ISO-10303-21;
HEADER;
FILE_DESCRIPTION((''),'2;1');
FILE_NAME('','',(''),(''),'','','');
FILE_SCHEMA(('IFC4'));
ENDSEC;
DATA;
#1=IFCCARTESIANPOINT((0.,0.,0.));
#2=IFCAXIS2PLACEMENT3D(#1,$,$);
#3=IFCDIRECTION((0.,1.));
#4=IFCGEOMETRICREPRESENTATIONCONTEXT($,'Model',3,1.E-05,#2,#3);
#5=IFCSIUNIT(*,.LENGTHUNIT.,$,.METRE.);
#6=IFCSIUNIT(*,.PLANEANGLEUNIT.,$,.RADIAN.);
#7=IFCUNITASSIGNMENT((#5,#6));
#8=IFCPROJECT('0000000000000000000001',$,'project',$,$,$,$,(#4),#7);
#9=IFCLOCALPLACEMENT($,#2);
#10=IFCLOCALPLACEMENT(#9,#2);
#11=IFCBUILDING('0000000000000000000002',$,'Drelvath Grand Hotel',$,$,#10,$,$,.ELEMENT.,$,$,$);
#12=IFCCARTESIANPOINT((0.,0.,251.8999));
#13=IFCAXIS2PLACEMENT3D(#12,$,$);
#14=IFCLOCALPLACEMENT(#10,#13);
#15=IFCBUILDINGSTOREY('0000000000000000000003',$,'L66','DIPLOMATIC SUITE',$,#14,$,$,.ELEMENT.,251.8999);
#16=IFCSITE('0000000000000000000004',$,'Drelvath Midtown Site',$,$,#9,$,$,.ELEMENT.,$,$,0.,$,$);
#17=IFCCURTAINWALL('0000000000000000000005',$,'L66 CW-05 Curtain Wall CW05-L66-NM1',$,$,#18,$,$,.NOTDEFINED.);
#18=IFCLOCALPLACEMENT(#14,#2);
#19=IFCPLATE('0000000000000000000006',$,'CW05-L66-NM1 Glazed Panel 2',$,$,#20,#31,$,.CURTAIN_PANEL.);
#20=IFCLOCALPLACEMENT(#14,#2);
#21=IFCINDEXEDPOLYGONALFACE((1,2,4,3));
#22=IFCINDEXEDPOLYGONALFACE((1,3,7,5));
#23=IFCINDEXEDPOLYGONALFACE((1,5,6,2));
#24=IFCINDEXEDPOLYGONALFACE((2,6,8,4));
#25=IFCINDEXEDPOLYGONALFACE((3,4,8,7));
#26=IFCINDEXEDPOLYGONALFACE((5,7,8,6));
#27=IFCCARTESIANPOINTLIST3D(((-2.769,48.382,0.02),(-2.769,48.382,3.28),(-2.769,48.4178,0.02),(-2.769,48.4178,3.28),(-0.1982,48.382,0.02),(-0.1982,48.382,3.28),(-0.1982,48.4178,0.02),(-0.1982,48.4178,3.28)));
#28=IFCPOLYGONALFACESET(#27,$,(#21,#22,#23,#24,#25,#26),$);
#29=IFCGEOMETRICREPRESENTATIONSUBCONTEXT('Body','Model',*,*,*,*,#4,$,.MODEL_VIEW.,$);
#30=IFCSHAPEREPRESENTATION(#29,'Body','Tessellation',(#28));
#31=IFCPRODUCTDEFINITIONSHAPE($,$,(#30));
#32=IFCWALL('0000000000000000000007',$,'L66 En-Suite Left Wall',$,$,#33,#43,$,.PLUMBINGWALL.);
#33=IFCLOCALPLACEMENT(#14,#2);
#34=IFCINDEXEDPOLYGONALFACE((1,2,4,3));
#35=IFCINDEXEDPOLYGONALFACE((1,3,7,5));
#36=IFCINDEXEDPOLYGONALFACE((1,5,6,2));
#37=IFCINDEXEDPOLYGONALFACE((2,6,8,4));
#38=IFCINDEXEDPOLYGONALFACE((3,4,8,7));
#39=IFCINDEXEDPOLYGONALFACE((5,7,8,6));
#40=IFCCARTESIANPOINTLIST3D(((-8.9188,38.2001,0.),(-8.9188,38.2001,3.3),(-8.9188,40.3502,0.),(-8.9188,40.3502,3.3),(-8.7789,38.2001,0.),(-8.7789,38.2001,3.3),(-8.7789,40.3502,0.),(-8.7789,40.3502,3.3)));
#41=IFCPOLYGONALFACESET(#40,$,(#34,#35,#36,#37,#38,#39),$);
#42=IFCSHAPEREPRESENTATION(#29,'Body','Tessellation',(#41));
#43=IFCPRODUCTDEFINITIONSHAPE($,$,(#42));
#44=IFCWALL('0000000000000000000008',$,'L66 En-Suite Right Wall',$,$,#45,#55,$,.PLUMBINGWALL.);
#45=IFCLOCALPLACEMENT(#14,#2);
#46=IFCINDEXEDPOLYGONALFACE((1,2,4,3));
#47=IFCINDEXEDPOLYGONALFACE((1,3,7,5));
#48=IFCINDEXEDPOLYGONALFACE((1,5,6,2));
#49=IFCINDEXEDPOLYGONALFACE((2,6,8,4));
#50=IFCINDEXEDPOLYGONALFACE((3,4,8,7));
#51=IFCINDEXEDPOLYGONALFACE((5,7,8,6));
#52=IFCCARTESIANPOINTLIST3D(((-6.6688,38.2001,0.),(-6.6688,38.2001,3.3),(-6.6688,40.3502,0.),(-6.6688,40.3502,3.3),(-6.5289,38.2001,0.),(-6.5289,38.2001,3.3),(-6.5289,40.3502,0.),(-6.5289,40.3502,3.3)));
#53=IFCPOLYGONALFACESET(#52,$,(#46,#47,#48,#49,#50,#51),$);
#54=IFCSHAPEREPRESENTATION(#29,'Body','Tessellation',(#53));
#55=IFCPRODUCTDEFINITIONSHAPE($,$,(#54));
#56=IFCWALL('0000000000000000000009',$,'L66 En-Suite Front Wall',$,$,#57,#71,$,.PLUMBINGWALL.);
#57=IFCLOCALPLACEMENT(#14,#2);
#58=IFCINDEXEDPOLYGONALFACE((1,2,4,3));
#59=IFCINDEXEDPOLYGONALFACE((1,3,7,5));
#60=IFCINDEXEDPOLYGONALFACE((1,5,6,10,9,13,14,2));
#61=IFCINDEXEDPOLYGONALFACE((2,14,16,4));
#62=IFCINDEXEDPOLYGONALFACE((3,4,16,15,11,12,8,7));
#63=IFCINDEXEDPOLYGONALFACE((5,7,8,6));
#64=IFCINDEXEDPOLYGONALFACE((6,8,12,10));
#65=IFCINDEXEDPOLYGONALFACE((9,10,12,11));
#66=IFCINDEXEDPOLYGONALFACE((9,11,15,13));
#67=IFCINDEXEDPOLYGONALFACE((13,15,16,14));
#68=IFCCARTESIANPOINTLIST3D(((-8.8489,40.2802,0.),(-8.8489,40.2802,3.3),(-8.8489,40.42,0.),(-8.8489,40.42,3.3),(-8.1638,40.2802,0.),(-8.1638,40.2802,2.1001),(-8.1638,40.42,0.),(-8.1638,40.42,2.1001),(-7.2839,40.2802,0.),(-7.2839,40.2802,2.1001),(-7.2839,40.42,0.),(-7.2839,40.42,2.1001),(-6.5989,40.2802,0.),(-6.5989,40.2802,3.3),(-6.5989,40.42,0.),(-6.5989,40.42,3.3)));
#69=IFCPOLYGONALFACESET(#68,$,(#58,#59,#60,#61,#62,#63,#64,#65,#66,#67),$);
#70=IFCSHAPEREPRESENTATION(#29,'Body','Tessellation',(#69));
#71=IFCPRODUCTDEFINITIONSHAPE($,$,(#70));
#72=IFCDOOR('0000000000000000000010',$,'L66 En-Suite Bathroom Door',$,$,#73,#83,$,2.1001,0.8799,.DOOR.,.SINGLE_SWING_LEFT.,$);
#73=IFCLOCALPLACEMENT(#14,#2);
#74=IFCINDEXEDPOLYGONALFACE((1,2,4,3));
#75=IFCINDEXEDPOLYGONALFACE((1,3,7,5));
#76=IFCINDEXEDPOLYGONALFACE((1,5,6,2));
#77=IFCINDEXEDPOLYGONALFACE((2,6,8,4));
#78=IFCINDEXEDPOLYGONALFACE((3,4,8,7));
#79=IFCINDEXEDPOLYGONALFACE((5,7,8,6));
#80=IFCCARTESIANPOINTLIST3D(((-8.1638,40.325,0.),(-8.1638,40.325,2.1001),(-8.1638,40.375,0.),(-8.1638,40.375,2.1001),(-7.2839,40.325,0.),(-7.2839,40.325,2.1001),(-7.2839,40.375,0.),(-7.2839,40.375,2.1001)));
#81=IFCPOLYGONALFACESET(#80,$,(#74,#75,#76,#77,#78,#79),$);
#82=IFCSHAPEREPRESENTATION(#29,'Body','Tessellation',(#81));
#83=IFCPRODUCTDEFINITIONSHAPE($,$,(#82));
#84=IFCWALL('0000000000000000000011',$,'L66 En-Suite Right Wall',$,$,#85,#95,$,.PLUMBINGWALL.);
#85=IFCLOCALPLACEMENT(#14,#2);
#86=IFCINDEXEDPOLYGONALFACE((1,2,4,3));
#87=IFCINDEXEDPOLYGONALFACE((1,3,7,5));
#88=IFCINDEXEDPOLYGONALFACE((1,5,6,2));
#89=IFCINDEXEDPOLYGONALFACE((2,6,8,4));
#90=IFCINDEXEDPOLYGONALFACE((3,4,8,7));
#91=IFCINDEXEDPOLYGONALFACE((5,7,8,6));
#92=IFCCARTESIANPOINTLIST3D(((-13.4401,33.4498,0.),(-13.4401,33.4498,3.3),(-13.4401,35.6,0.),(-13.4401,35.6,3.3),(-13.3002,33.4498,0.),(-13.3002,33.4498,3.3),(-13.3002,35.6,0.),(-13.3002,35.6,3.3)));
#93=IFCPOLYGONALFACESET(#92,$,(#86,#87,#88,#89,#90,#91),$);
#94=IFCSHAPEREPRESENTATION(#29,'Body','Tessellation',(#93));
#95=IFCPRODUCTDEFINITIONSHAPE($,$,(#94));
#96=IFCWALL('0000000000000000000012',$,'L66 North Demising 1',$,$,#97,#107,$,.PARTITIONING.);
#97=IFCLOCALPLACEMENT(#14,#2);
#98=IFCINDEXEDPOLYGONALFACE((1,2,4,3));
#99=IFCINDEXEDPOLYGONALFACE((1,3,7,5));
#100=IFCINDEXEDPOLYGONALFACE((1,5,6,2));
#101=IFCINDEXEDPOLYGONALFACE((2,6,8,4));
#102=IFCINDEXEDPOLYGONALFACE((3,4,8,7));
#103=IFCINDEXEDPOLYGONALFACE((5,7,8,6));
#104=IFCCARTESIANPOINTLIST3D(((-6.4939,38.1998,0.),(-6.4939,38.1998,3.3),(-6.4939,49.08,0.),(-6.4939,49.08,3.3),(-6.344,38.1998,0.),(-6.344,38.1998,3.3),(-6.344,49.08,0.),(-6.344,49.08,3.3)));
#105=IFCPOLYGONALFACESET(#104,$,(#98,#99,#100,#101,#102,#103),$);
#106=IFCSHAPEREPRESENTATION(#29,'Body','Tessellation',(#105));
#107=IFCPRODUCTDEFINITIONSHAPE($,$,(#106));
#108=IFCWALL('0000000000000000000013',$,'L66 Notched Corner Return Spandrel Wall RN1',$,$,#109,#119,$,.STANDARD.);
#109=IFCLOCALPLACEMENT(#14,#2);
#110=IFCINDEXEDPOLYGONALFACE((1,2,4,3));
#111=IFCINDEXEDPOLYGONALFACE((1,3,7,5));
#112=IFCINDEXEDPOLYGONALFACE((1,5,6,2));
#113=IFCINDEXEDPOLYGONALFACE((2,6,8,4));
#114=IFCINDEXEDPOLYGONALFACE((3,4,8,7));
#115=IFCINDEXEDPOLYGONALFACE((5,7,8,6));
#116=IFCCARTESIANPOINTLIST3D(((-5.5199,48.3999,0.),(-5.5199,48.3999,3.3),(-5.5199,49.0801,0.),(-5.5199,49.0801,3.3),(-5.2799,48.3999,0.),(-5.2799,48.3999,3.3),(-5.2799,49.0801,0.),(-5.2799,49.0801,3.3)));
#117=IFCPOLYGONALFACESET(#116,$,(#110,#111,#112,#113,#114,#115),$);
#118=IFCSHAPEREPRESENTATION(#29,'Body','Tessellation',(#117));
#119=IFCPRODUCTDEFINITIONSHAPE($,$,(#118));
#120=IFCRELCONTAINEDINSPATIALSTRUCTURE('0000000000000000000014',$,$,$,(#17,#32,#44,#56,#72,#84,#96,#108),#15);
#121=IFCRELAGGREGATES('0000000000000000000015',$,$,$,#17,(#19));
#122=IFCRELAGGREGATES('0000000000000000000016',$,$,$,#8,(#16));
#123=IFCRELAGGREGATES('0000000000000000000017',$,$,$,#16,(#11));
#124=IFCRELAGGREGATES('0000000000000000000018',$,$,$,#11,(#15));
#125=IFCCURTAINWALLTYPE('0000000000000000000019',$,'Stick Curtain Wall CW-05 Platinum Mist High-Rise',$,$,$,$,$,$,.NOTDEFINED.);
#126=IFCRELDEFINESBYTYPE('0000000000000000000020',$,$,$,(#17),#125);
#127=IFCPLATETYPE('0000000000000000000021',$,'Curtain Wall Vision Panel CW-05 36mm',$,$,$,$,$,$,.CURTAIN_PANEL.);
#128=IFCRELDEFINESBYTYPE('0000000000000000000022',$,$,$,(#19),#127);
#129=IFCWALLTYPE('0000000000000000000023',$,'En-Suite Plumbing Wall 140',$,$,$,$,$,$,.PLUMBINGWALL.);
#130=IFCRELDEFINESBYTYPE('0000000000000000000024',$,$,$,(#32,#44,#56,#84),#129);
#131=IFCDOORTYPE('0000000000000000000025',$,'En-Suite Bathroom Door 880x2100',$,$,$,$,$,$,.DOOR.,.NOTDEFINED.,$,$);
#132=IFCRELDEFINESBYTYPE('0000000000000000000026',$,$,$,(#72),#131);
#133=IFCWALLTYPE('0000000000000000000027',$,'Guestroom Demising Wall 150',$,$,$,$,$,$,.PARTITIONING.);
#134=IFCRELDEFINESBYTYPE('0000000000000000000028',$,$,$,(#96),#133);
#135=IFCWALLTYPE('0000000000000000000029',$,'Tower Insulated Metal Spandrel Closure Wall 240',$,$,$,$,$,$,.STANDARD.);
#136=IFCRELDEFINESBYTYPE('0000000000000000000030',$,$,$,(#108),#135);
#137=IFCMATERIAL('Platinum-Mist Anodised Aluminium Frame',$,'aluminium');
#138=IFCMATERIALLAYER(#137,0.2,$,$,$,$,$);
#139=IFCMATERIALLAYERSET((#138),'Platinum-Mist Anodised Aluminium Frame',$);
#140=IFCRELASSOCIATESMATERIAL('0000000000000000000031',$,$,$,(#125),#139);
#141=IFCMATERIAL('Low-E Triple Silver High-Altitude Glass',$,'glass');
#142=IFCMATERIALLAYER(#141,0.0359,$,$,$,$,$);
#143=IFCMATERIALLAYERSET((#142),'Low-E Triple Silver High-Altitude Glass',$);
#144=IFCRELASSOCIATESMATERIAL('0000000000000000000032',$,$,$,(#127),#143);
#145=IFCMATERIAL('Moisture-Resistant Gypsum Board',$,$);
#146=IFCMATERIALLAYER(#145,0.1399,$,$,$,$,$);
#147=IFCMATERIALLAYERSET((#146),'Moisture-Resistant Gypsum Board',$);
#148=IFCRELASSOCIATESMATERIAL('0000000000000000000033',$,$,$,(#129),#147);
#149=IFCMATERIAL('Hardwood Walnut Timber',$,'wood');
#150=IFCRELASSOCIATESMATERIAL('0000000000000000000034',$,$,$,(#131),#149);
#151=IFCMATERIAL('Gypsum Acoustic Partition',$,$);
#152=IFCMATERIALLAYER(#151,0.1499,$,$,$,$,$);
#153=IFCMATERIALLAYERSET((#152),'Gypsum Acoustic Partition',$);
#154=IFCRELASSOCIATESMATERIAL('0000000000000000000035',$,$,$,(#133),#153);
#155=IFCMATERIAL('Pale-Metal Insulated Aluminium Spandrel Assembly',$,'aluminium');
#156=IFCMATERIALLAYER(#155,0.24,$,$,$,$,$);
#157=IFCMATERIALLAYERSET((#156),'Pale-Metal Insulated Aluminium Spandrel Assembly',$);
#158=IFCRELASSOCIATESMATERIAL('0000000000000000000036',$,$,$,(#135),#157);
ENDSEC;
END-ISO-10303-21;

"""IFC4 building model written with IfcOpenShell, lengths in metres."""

from ifc_helpers import new_model, si_unit, direction, frame, frame_2d, origin, origin_2d, place, context, subcontext, project, spatial, rectangle, extrude, material, layer, layer_set, type_object, element, fill, aggregate, save


model = new_model("IFC4")

# Units and contexts
model_context = context("Model", 3, precision=1e-05, world=origin(), true_north=direction((0.0, 1.0)))
body_context = subcontext(model_context, "Body", "Model", "MODEL_VIEW")
ifc_project = project(units=[si_unit("LENGTHUNIT", "METRE"), si_unit("PLANEANGLEUNIT", "RADIAN")], contexts=[model_context])

# Site, building, storey
site_placement = place(None, origin())
site = spatial("IfcSite", under=ifc_project, at=site_placement, Name="Drelvath Midtown Site", CompositionType="ELEMENT", RefElevation=0.0)
building_placement = place(site_placement, origin())
building = spatial("IfcBuilding", under=site, at=building_placement, Name="Drelvath Grand Hotel", CompositionType="ELEMENT")
storey_placement = place(building_placement, frame((0.0, 0.0, 251.8999)))
storey = spatial("IfcBuildingStorey", under=building, at=storey_placement, Name="L66", Description="DIPLOMATIC SUITE", CompositionType="ELEMENT", Elevation=251.8999)

# Curtain wall
ifc_material_1 = material(Name="Platinum-Mist Anodised Aluminium Frame", Category="aluminium")
ifc_layer_1 = layer(ifc_material_1, 0.2)
ifc_layer_set_1 = layer_set([ifc_layer_1], Name="Platinum-Mist Anodised Aluminium Frame")
curtain_wall_type = type_object("IfcCurtainWallType", Name="Stick Curtain Wall CW-05 Platinum Mist High-Rise", PredefinedType="NOTDEFINED", material=ifc_layer_set_1)
curtain_wall_1_placement = place(storey_placement, origin())
curtain_wall_1 = element("IfcCurtainWall", 1, at=curtain_wall_1_placement, inside=storey, type_object=curtain_wall_type, Name="L66 CW-05 Curtain Wall CW05-L66-NM1", PredefinedType="NOTDEFINED")

# Plate
ifc_material_2 = material(Name="Low-E Triple Silver High-Altitude Glass", Category="glass")
ifc_layer_2 = layer(ifc_material_2, 0.0359)
ifc_layer_set_2 = layer_set([ifc_layer_2], Name="Low-E Triple Silver High-Altitude Glass")
plate_type = type_object("IfcPlateType", Name="Curtain Wall Vision Panel CW-05 36mm", PredefinedType="CURTAIN_PANEL", material=ifc_layer_set_2)
plate_1_placement = place(storey_placement, frame((-1.4836, 48.3999, 0.02), z_axis=(0.0, 0.0, 1.0), x_axis=(1.0, 0.0, 0.0)))
plate_1 = element("IfcPlate", 2, at=plate_1_placement, type_object=plate_type, Name="CW05-L66-NM1 Glazed Panel 2", PredefinedType="CURTAIN_PANEL", context=body_context, shape_type="SweptSolid", body=[
    extrude(rectangle(XDim=2.5708, YDim=0.0359, at=origin_2d()), origin(), (0.0, 0.0, 1.0), 3.26),
])
aggregate(curtain_wall_1, [plate_1])

# Walls
ifc_material_3 = material(Name="Moisture-Resistant Gypsum Board")
ifc_layer_3 = layer(ifc_material_3, 0.1399)
ifc_layer_set_3 = layer_set([ifc_layer_3], Name="Moisture-Resistant Gypsum Board")
wall_type_1 = type_object("IfcWallType", Name="En-Suite Plumbing Wall 140", PredefinedType="PLUMBINGWALL", material=ifc_layer_set_3)
for number, where, z_axis, x_axis, name in (
    (3, (-8.8489, 38.2, 0.0), (0.0, 0.0, 1.0), (0.0, 1.0, 0.0), "L66 En-Suite Left Wall"),
    (4, (-6.5989, 38.2, 0.0), (0.0, 0.0, 1.0), (0.0, 1.0, 0.0), "L66 En-Suite Right Wall"),
):
    element("IfcWall", number, at=place(storey_placement, frame(where, z_axis=z_axis, x_axis=x_axis)), inside=storey, type_object=wall_type_1, Name=name, PredefinedType="PLUMBINGWALL", context=body_context, shape_type="SweptSolid", body=[
        extrude(rectangle(XDim=2.1501, YDim=0.1399, at=frame_2d((1.0752, 0.0))), origin(), (0.0, 0.0, 1.0), 3.3),
    ])

# Wall, opening, door
wall_1_placement = place(storey_placement, frame((-8.8489, 40.3501, 0.0), z_axis=(0.0, 0.0, 1.0), x_axis=(1.0, 0.0, 0.0)))
wall_1 = element("IfcWall", 5, at=wall_1_placement, inside=storey, type_object=wall_type_1, Name="L66 En-Suite Front Wall", PredefinedType="PLUMBINGWALL", context=body_context, shape_type="SweptSolid", body=[
    extrude(rectangle(XDim=2.25, YDim=0.1399, at=frame_2d((1.125, 0.0))), origin(), (0.0, 0.0, 1.0), 3.3),
])
opening_placement = place(wall_1_placement, frame((0.6851, 0.0, 0.0)))
opening = element("IfcOpeningElement", 6, at=opening_placement, cuts=wall_1, PredefinedType="OPENING", context=body_context, shape_type="SweptSolid", body=[
    extrude(rectangle(XDim=0.8799, YDim=2.1001, at=frame_2d((0.4399, 1.05))), frame((0.0, 0.0798, 0.0), z_axis=(0.0, -1.0, 0.0), x_axis=(1.0, 0.0, 0.0)), (0.0, 0.0, 1.0), 0.1599),
])
ifc_material_4 = material(Name="Hardwood Walnut Timber", Category="wood")
door_type = type_object("IfcDoorType", Name="En-Suite Bathroom Door 880x2100", OperationType="NOTDEFINED", PredefinedType="DOOR", material=ifc_material_4)
door_placement = place(opening_placement, origin())
door = element("IfcDoor", 7, at=door_placement, inside=storey, type_object=door_type, Name="L66 En-Suite Bathroom Door", OperationType="SINGLE_SWING_LEFT", OverallHeight=2.1001, OverallWidth=0.8799, PredefinedType="DOOR", context=body_context, shape_type="SweptSolid", body=[
    extrude(rectangle(XDim=0.8799, YDim=2.1001, at=frame_2d((0.4399, 1.05))), frame((0.0, 0.0249, 0.0), z_axis=(0.0, -1.0, 0.0), x_axis=(1.0, 0.0, 0.0)), (0.0, 0.0, 1.0), 0.05),
])
fill(opening, door)

# Walls
wall_2_placement = place(storey_placement, frame((-13.3701, 35.6001, 0.0), z_axis=(0.0, 0.0, 1.0), x_axis=(0.0, -1.0, 0.0)))
element("IfcWall", 8, at=wall_2_placement, inside=storey, type_object=wall_type_1, Name="L66 En-Suite Right Wall", PredefinedType="PLUMBINGWALL", context=body_context, shape_type="SweptSolid", body=[
    extrude(rectangle(XDim=2.1501, YDim=0.1399, at=frame_2d((1.0752, 0.0))), origin(), (0.0, 0.0, 1.0), 3.3),
])
ifc_material_5 = material(Name="Gypsum Acoustic Partition")
ifc_layer_4 = layer(ifc_material_5, 0.1499)
ifc_layer_set_4 = layer_set([ifc_layer_4], Name="Gypsum Acoustic Partition")
wall_type_2 = type_object("IfcWallType", Name="Guestroom Demising Wall 150", PredefinedType="PARTITIONING", material=ifc_layer_set_4)
wall_3_placement = place(storey_placement, frame((-6.4189, 38.2, 0.0), z_axis=(0.0, 0.0, 1.0), x_axis=(0.0, 1.0, 0.0)))
element("IfcWall", 9, at=wall_3_placement, inside=storey, type_object=wall_type_2, Name="L66 North Demising 1", PredefinedType="PARTITIONING", context=body_context, shape_type="SweptSolid", body=[
    extrude(rectangle(XDim=10.8801, YDim=0.1499, at=frame_2d((5.4399, 0.0))), origin(), (0.0, 0.0, 1.0), 3.3),
])
ifc_material_6 = material(Name="Pale-Metal Insulated Aluminium Spandrel Assembly", Category="aluminium")
ifc_layer_5 = layer(ifc_material_6, 0.24)
ifc_layer_set_5 = layer_set([ifc_layer_5], Name="Pale-Metal Insulated Aluminium Spandrel Assembly")
wall_type_3 = type_object("IfcWallType", Name="Tower Insulated Metal Spandrel Closure Wall 240", PredefinedType="STANDARD", material=ifc_layer_set_5)
wall_4_placement = place(storey_placement, frame((-5.3999, 49.0801, 0.0), z_axis=(0.0, 0.0, 1.0), x_axis=(0.0, -1.0, 0.0)))
element("IfcWall", 10, at=wall_4_placement, inside=storey, type_object=wall_type_3, Name="L66 Notched Corner Return Spandrel Wall RN1", PredefinedType="STANDARD", context=body_context, shape_type="SweptSolid", body=[
    extrude(rectangle(XDim=0.6802, YDim=0.24, at=frame_2d((0.3401, 0.0))), origin(), (0.0, 0.0, 1.0), 3.3),
])

save(model, "model.ifc")
